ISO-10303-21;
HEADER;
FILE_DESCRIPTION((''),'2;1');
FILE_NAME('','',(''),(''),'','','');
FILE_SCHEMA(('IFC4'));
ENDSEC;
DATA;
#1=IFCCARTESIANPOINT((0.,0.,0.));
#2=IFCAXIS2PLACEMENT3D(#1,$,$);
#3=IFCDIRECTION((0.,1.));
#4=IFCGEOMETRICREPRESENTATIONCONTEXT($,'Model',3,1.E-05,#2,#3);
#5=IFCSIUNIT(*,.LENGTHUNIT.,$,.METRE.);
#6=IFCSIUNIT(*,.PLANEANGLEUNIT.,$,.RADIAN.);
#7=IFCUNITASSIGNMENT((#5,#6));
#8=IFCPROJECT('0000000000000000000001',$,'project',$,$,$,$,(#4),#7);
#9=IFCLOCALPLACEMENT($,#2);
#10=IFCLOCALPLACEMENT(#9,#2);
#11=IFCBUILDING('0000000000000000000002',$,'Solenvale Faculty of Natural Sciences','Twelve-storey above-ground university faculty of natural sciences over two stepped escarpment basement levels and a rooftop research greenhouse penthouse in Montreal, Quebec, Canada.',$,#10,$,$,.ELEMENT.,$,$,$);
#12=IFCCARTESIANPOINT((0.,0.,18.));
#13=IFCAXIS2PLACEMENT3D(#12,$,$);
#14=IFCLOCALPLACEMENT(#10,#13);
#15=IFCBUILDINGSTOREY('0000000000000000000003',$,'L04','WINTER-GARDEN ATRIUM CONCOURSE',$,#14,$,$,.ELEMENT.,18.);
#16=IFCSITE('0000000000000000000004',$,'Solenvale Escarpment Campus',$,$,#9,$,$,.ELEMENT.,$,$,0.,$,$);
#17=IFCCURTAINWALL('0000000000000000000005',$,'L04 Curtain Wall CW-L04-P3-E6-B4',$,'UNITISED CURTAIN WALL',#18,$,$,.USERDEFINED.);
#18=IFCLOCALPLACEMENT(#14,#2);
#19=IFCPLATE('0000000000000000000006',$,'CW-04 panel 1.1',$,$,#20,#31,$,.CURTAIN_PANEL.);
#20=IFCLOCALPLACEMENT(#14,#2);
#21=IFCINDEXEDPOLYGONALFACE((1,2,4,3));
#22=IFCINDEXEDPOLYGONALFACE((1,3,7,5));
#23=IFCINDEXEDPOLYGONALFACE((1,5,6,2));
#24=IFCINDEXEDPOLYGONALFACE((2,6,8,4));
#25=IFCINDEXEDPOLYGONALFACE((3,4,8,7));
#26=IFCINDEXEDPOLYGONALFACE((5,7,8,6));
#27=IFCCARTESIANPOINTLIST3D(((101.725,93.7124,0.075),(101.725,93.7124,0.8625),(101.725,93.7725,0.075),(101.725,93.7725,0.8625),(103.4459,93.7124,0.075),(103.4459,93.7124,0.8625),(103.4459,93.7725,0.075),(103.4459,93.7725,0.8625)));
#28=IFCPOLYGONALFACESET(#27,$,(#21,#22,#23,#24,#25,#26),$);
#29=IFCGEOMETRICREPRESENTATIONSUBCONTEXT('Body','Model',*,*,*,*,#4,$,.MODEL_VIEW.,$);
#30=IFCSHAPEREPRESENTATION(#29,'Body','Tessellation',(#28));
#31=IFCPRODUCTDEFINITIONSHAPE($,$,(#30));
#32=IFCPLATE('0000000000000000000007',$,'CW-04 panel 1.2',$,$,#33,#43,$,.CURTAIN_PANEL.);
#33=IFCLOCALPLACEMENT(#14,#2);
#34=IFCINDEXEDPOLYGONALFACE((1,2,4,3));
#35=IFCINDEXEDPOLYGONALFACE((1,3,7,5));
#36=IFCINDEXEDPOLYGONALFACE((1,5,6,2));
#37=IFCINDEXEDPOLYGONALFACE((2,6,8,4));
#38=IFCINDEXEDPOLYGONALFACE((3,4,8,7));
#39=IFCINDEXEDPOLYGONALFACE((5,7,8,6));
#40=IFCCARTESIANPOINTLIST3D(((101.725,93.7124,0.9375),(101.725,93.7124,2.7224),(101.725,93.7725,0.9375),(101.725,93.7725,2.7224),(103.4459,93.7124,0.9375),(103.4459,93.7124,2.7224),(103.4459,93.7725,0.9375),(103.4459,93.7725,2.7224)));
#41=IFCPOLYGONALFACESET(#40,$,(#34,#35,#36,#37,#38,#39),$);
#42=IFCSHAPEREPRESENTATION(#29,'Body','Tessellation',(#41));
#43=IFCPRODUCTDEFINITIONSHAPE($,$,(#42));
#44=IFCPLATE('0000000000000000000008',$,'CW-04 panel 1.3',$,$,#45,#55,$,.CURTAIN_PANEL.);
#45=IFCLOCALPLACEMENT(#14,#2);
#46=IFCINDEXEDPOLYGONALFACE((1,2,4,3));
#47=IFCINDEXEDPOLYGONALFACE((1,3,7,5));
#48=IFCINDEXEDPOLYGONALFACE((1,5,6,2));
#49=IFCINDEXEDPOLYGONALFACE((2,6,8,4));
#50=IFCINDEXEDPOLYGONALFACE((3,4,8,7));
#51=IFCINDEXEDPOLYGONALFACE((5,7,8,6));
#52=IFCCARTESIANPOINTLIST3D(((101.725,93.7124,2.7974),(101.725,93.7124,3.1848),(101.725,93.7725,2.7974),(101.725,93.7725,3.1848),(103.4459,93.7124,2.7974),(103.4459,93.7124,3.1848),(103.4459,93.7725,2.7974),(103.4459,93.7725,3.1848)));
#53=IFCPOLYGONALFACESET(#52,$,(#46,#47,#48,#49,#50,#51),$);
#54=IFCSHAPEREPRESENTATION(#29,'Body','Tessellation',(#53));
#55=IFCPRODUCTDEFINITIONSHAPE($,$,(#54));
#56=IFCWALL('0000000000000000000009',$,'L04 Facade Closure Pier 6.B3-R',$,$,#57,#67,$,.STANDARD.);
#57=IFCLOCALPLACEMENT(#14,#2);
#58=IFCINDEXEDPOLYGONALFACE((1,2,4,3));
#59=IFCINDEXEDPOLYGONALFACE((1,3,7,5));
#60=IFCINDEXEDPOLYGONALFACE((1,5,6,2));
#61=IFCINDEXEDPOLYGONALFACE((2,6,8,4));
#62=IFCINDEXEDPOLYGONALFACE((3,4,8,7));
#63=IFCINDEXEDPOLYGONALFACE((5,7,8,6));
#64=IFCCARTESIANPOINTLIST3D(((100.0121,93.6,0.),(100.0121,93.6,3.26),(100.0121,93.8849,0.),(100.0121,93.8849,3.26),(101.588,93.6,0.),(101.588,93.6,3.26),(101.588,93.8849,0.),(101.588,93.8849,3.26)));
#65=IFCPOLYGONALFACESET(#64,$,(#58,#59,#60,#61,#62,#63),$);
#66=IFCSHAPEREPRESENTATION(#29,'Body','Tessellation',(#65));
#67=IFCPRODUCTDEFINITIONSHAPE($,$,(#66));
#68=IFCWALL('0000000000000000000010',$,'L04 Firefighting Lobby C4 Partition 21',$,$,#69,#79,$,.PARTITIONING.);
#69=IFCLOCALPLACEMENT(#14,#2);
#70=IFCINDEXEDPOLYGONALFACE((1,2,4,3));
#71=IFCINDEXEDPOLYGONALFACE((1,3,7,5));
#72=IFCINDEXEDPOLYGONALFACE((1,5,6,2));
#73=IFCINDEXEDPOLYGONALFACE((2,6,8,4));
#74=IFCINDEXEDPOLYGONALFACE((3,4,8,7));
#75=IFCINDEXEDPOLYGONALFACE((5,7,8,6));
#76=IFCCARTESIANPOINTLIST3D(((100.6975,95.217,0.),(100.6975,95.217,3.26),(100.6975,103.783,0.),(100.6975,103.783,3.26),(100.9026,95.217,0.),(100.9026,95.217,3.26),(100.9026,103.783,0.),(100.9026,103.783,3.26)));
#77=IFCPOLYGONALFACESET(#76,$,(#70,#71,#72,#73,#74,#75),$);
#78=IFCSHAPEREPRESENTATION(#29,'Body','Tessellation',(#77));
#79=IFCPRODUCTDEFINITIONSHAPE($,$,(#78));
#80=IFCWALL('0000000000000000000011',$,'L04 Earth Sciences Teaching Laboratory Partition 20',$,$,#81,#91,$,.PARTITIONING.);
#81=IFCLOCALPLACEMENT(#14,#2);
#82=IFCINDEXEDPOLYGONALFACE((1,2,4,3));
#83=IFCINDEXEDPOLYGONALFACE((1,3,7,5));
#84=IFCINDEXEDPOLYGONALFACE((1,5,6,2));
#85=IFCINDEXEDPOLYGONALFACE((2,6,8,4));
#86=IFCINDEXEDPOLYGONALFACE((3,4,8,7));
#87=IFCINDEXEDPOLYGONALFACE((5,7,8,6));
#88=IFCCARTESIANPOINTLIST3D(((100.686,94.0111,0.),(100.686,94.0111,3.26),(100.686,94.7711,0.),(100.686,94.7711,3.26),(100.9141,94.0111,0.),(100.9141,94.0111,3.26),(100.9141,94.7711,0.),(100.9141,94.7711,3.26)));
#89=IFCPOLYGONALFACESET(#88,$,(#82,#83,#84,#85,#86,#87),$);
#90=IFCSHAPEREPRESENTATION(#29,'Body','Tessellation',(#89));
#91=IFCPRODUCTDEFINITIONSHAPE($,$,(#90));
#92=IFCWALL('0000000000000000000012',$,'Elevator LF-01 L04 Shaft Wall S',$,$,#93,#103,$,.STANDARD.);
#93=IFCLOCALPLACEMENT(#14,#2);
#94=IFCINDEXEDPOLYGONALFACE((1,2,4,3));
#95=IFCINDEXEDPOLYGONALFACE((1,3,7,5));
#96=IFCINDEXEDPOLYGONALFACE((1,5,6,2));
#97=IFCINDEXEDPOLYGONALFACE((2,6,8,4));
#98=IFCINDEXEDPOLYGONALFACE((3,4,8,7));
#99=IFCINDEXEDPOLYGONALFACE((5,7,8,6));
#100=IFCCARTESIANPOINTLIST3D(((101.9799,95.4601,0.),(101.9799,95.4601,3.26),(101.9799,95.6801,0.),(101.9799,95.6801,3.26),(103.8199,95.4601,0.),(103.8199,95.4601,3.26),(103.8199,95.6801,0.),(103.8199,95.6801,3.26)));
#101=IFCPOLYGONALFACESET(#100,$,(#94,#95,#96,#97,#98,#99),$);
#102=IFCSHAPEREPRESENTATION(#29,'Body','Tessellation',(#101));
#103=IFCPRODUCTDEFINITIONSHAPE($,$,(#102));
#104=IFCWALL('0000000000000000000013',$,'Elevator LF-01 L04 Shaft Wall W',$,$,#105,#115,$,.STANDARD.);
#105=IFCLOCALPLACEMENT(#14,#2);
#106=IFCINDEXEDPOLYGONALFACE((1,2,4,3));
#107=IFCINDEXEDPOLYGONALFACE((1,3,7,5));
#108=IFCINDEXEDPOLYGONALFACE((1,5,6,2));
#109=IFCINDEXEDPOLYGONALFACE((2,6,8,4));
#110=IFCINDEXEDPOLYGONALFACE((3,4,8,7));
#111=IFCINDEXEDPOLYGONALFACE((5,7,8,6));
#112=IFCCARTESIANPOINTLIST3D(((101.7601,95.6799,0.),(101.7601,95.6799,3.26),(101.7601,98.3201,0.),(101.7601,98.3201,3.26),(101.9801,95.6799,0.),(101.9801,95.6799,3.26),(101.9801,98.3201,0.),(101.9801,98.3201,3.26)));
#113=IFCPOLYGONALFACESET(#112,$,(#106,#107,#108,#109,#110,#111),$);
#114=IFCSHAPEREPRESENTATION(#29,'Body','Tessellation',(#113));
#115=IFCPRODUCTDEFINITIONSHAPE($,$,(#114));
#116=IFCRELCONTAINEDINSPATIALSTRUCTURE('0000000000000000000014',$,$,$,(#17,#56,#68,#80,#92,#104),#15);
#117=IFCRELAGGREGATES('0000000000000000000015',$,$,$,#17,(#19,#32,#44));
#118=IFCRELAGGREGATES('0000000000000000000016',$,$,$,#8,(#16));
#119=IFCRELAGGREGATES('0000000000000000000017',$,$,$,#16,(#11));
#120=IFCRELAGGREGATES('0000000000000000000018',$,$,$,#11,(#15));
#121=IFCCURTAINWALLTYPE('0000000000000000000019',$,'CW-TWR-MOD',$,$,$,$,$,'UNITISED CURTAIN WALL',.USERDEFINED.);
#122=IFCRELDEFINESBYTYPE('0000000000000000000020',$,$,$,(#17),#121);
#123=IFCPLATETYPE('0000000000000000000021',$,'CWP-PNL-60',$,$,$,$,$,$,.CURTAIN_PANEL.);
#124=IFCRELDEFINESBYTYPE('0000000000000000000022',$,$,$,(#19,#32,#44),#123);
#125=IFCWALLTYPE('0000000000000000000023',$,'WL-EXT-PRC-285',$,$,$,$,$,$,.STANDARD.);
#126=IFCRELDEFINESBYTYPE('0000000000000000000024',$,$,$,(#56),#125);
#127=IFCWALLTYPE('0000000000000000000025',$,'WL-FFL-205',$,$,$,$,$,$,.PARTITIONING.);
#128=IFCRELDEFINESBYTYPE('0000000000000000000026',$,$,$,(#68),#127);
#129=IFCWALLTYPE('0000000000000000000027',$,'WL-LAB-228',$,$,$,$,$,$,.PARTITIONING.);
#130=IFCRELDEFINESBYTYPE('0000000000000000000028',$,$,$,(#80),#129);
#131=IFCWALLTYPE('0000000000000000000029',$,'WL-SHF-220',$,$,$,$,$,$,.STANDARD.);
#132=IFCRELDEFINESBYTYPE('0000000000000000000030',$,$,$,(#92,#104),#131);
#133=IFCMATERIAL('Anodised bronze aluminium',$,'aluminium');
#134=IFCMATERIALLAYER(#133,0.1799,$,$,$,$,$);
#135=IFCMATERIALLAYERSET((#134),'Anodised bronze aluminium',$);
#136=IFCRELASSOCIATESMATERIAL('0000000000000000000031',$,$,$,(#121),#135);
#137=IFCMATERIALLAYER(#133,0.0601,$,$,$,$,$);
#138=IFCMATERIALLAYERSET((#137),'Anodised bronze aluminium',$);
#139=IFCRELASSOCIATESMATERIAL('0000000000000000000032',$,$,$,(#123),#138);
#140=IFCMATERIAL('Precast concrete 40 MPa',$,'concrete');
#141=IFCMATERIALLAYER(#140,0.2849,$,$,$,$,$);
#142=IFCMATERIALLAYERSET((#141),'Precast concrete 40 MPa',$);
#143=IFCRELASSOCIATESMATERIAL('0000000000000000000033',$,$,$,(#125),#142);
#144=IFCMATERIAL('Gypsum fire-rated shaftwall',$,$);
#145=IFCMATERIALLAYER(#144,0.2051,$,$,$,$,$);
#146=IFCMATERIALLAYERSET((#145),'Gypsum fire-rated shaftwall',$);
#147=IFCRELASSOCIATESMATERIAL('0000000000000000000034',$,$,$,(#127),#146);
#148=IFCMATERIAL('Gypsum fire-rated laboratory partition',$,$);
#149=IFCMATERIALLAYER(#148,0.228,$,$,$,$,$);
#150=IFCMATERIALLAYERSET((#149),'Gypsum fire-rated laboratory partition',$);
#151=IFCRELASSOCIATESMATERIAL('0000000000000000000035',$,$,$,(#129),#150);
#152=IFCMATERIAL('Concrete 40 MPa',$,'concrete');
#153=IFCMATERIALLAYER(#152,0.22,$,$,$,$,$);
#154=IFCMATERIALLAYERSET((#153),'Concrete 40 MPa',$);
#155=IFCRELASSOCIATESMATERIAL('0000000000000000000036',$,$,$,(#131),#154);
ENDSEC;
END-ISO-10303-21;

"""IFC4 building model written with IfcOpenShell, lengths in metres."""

from ifc_helpers import new_model, si_unit, direction, frame, frame_2d, origin, origin_2d, place, context, subcontext, project, spatial, rectangle, extrude, material, layer, layer_set, type_object, element, aggregate, save


model = new_model("IFC4")

# Units and contexts
model_context = context("Model", 3, precision=1e-05, world=origin(), true_north=direction((0.0, 1.0)))
body_context = subcontext(model_context, "Body", "Model", "MODEL_VIEW")
ifc_project = project(units=[si_unit("LENGTHUNIT", "METRE"), si_unit("PLANEANGLEUNIT", "RADIAN")], contexts=[model_context])

# Site, building, storey
site_placement = place(None, origin())
site = spatial("IfcSite", under=ifc_project, at=site_placement, Name="Solenvale Escarpment Campus", CompositionType="ELEMENT", RefElevation=0.0)
building_placement = place(site_placement, origin())
building = spatial("IfcBuilding", under=site, at=building_placement, Name="Solenvale Faculty of Natural Sciences", Description="Twelve-storey above-ground university faculty of natural sciences over two stepped escarpment basement levels and a rooftop research greenhouse penthouse in Montreal, Quebec, Canada.", CompositionType="ELEMENT")
storey_placement = place(building_placement, frame((0.0, 0.0, 18.0)))
storey = spatial("IfcBuildingStorey", under=building, at=storey_placement, Name="L04", Description="WINTER-GARDEN ATRIUM CONCOURSE", CompositionType="ELEMENT", Elevation=18.0)

# Shared definitions
ifc_material_1 = material(Name="Concrete 40 MPa", Category="concrete")

# Shared definitions
ifc_material_2 = material(Name="Anodised bronze aluminium", Category="aluminium")
ifc_layer_1 = layer(ifc_material_2, 0.1799)
ifc_layer_set_1 = layer_set([ifc_layer_1], Name="Anodised bronze aluminium")
curtain_wall_type = type_object("IfcCurtainWallType", Name="CW-TWR-MOD", ElementType="UNITISED CURTAIN WALL", PredefinedType="USERDEFINED", material=ifc_layer_set_1)

# Curtain wall
curtain_wall_1_placement = place(storey_placement, origin())
curtain_wall_1 = element("IfcCurtainWall", 1, at=curtain_wall_1_placement, inside=storey, type_object=curtain_wall_type, Name="L04 Curtain Wall CW-L04-P3-E6-B4", ObjectType="UNITISED CURTAIN WALL", PredefinedType="USERDEFINED")

# Plates
ifc_layer_2 = layer(ifc_material_2, 0.0601)
ifc_layer_set_2 = layer_set([ifc_layer_2], Name="Anodised bronze aluminium")
plate_type_1 = type_object("IfcPlateType", Name="CWP-PNL-60", PredefinedType="CURTAIN_PANEL", material=ifc_layer_set_2)
plate_1_placement = place(storey_placement, frame((102.5854, 93.7424, 0.075), z_axis=(0.0, 0.0, 1.0), x_axis=(1.0, 0.0, 0.0)))
plate_1 = element("IfcPlate", 2, at=plate_1_placement, type_object=plate_type_1, Name="CW-04 panel 1.1", PredefinedType="CURTAIN_PANEL", context=body_context, shape_type="SweptSolid", body=[
    extrude(rectangle(XDim=1.7209, YDim=0.0601, at=origin_2d()), origin(), (0.0, 0.0, 1.0), 0.7876),
])
plate_2_placement = place(storey_placement, frame((102.5854, 93.7424, 0.9375), z_axis=(0.0, 0.0, 1.0), x_axis=(1.0, 0.0, 0.0)))
plate_2 = element("IfcPlate", 3, at=plate_2_placement, type_object=plate_type_1, Name="CW-04 panel 1.2", PredefinedType="CURTAIN_PANEL", context=body_context, shape_type="SweptSolid", body=[
    extrude(rectangle(XDim=1.7209, YDim=0.0601, at=origin_2d()), origin(), (0.0, 0.0, 1.0), 1.7849),
])
plate_3_placement = place(storey_placement, frame((102.5854, 93.7424, 2.7974), z_axis=(0.0, 0.0, 1.0), x_axis=(1.0, 0.0, 0.0)))
plate_3 = element("IfcPlate", 4, at=plate_3_placement, type_object=plate_type_1, Name="CW-04 panel 1.3", PredefinedType="CURTAIN_PANEL", context=body_context, shape_type="SweptSolid", body=[
    extrude(rectangle(XDim=1.7209, YDim=0.0601, at=origin_2d()), origin(), (0.0, 0.0, 1.0), 0.3875),
])
aggregate(curtain_wall_1, [plate_1, plate_2, plate_3])

# Walls
ifc_material_3 = material(Name="Precast concrete 40 MPa", Category="concrete")
ifc_layer_3 = layer(ifc_material_3, 0.2849)
ifc_layer_set_3 = layer_set([ifc_layer_3], Name="Precast concrete 40 MPa")
wall_type_1 = type_object("IfcWallType", Name="WL-EXT-PRC-285", PredefinedType="STANDARD", material=ifc_layer_set_3)
wall_1_placement = place(storey_placement, frame((100.012, 93.7424, 0.0), z_axis=(0.0, 0.0, 1.0), x_axis=(1.0, 0.0, 0.0)))
element("IfcWall", 5, at=wall_1_placement, inside=storey, type_object=wall_type_1, Name="L04 Facade Closure Pier 6.B3-R", PredefinedType="STANDARD", context=body_context, shape_type="SweptSolid", body=[
    extrude(rectangle(XDim=1.5759, YDim=0.2849, at=frame_2d((0.7881, 0.0))), origin(), (0.0, 0.0, 1.0), 3.26),
])
ifc_material_4 = material(Name="Gypsum fire-rated shaftwall")
ifc_layer_4 = layer(ifc_material_4, 0.2051)
ifc_layer_set_4 = layer_set([ifc_layer_4], Name="Gypsum fire-rated shaftwall")
wall_type_2 = type_object("IfcWallType", Name="WL-FFL-205", PredefinedType="PARTITIONING", material=ifc_layer_set_4)
wall_2_placement = place(storey_placement, frame((100.8, 95.217, 0.0), z_axis=(0.0, 0.0, 1.0), x_axis=(0.0, 1.0, 0.0)))
element("IfcWall", 6, at=wall_2_placement, inside=storey, type_object=wall_type_2, Name="L04 Firefighting Lobby C4 Partition 21", PredefinedType="PARTITIONING", context=body_context, shape_type="SweptSolid", body=[
    extrude(rectangle(XDim=8.5659, YDim=0.2051, at=frame_2d((4.283, 0.0))), origin(), (0.0, 0.0, 1.0), 3.26),
])
ifc_material_5 = material(Name="Gypsum fire-rated laboratory partition")
ifc_layer_5 = layer(ifc_material_5, 0.228)
ifc_layer_set_5 = layer_set([ifc_layer_5], Name="Gypsum fire-rated laboratory partition")
wall_type_3 = type_object("IfcWallType", Name="WL-LAB-228", PredefinedType="PARTITIONING", material=ifc_layer_set_5)
wall_3_placement = place(storey_placement, frame((100.8, 94.771, 0.0), z_axis=(0.0, 0.0, 1.0), x_axis=(0.0, -1.0, 0.0)))
element("IfcWall", 7, at=wall_3_placement, inside=storey, type_object=wall_type_3, Name="L04 Earth Sciences Teaching Laboratory Partition 20", PredefinedType="PARTITIONING", context=body_context, shape_type="SweptSolid", body=[
    extrude(rectangle(XDim=0.76, YDim=0.228, at=frame_2d((0.3799, 0.0))), origin(), (0.0, 0.0, 1.0), 3.26),
])
ifc_layer_6 = layer(ifc_material_1, 0.22)
ifc_layer_set_6 = layer_set([ifc_layer_6], Name="Concrete 40 MPa")
wall_type_4 = type_object("IfcWallType", Name="WL-SHF-220", PredefinedType="STANDARD", material=ifc_layer_set_6)
wall_4_placement = place(storey_placement, frame((101.98, 95.5701, 0.0), z_axis=(0.0, 0.0, 1.0), x_axis=(1.0, 0.0, 0.0)))
element("IfcWall", 8, at=wall_4_placement, inside=storey, type_object=wall_type_4, Name="Elevator LF-01 L04 Shaft Wall S", PredefinedType="STANDARD", context=body_context, shape_type="SweptSolid", body=[
    extrude(rectangle(XDim=1.8401, YDim=0.22, at=frame_2d((0.9199, 0.0))), origin(), (0.0, 0.0, 1.0), 3.26),
])

# Wall
wall_5_placement = place(storey_placement, frame((101.8701, 95.6799, 0.0), z_axis=(0.0, 0.0, 1.0), x_axis=(0.0, 1.0, 0.0)))
element("IfcWall", 9, at=wall_5_placement, inside=storey, type_object=wall_type_4, Name="Elevator LF-01 L04 Shaft Wall W", PredefinedType="STANDARD", context=body_context, shape_type="SweptSolid", body=[
    extrude(rectangle(XDim=2.6401, YDim=0.22, at=frame_2d((1.3201, 0.0))), origin(), (0.0, 0.0, 1.0), 3.26),
])

save(model, "model.ifc")
